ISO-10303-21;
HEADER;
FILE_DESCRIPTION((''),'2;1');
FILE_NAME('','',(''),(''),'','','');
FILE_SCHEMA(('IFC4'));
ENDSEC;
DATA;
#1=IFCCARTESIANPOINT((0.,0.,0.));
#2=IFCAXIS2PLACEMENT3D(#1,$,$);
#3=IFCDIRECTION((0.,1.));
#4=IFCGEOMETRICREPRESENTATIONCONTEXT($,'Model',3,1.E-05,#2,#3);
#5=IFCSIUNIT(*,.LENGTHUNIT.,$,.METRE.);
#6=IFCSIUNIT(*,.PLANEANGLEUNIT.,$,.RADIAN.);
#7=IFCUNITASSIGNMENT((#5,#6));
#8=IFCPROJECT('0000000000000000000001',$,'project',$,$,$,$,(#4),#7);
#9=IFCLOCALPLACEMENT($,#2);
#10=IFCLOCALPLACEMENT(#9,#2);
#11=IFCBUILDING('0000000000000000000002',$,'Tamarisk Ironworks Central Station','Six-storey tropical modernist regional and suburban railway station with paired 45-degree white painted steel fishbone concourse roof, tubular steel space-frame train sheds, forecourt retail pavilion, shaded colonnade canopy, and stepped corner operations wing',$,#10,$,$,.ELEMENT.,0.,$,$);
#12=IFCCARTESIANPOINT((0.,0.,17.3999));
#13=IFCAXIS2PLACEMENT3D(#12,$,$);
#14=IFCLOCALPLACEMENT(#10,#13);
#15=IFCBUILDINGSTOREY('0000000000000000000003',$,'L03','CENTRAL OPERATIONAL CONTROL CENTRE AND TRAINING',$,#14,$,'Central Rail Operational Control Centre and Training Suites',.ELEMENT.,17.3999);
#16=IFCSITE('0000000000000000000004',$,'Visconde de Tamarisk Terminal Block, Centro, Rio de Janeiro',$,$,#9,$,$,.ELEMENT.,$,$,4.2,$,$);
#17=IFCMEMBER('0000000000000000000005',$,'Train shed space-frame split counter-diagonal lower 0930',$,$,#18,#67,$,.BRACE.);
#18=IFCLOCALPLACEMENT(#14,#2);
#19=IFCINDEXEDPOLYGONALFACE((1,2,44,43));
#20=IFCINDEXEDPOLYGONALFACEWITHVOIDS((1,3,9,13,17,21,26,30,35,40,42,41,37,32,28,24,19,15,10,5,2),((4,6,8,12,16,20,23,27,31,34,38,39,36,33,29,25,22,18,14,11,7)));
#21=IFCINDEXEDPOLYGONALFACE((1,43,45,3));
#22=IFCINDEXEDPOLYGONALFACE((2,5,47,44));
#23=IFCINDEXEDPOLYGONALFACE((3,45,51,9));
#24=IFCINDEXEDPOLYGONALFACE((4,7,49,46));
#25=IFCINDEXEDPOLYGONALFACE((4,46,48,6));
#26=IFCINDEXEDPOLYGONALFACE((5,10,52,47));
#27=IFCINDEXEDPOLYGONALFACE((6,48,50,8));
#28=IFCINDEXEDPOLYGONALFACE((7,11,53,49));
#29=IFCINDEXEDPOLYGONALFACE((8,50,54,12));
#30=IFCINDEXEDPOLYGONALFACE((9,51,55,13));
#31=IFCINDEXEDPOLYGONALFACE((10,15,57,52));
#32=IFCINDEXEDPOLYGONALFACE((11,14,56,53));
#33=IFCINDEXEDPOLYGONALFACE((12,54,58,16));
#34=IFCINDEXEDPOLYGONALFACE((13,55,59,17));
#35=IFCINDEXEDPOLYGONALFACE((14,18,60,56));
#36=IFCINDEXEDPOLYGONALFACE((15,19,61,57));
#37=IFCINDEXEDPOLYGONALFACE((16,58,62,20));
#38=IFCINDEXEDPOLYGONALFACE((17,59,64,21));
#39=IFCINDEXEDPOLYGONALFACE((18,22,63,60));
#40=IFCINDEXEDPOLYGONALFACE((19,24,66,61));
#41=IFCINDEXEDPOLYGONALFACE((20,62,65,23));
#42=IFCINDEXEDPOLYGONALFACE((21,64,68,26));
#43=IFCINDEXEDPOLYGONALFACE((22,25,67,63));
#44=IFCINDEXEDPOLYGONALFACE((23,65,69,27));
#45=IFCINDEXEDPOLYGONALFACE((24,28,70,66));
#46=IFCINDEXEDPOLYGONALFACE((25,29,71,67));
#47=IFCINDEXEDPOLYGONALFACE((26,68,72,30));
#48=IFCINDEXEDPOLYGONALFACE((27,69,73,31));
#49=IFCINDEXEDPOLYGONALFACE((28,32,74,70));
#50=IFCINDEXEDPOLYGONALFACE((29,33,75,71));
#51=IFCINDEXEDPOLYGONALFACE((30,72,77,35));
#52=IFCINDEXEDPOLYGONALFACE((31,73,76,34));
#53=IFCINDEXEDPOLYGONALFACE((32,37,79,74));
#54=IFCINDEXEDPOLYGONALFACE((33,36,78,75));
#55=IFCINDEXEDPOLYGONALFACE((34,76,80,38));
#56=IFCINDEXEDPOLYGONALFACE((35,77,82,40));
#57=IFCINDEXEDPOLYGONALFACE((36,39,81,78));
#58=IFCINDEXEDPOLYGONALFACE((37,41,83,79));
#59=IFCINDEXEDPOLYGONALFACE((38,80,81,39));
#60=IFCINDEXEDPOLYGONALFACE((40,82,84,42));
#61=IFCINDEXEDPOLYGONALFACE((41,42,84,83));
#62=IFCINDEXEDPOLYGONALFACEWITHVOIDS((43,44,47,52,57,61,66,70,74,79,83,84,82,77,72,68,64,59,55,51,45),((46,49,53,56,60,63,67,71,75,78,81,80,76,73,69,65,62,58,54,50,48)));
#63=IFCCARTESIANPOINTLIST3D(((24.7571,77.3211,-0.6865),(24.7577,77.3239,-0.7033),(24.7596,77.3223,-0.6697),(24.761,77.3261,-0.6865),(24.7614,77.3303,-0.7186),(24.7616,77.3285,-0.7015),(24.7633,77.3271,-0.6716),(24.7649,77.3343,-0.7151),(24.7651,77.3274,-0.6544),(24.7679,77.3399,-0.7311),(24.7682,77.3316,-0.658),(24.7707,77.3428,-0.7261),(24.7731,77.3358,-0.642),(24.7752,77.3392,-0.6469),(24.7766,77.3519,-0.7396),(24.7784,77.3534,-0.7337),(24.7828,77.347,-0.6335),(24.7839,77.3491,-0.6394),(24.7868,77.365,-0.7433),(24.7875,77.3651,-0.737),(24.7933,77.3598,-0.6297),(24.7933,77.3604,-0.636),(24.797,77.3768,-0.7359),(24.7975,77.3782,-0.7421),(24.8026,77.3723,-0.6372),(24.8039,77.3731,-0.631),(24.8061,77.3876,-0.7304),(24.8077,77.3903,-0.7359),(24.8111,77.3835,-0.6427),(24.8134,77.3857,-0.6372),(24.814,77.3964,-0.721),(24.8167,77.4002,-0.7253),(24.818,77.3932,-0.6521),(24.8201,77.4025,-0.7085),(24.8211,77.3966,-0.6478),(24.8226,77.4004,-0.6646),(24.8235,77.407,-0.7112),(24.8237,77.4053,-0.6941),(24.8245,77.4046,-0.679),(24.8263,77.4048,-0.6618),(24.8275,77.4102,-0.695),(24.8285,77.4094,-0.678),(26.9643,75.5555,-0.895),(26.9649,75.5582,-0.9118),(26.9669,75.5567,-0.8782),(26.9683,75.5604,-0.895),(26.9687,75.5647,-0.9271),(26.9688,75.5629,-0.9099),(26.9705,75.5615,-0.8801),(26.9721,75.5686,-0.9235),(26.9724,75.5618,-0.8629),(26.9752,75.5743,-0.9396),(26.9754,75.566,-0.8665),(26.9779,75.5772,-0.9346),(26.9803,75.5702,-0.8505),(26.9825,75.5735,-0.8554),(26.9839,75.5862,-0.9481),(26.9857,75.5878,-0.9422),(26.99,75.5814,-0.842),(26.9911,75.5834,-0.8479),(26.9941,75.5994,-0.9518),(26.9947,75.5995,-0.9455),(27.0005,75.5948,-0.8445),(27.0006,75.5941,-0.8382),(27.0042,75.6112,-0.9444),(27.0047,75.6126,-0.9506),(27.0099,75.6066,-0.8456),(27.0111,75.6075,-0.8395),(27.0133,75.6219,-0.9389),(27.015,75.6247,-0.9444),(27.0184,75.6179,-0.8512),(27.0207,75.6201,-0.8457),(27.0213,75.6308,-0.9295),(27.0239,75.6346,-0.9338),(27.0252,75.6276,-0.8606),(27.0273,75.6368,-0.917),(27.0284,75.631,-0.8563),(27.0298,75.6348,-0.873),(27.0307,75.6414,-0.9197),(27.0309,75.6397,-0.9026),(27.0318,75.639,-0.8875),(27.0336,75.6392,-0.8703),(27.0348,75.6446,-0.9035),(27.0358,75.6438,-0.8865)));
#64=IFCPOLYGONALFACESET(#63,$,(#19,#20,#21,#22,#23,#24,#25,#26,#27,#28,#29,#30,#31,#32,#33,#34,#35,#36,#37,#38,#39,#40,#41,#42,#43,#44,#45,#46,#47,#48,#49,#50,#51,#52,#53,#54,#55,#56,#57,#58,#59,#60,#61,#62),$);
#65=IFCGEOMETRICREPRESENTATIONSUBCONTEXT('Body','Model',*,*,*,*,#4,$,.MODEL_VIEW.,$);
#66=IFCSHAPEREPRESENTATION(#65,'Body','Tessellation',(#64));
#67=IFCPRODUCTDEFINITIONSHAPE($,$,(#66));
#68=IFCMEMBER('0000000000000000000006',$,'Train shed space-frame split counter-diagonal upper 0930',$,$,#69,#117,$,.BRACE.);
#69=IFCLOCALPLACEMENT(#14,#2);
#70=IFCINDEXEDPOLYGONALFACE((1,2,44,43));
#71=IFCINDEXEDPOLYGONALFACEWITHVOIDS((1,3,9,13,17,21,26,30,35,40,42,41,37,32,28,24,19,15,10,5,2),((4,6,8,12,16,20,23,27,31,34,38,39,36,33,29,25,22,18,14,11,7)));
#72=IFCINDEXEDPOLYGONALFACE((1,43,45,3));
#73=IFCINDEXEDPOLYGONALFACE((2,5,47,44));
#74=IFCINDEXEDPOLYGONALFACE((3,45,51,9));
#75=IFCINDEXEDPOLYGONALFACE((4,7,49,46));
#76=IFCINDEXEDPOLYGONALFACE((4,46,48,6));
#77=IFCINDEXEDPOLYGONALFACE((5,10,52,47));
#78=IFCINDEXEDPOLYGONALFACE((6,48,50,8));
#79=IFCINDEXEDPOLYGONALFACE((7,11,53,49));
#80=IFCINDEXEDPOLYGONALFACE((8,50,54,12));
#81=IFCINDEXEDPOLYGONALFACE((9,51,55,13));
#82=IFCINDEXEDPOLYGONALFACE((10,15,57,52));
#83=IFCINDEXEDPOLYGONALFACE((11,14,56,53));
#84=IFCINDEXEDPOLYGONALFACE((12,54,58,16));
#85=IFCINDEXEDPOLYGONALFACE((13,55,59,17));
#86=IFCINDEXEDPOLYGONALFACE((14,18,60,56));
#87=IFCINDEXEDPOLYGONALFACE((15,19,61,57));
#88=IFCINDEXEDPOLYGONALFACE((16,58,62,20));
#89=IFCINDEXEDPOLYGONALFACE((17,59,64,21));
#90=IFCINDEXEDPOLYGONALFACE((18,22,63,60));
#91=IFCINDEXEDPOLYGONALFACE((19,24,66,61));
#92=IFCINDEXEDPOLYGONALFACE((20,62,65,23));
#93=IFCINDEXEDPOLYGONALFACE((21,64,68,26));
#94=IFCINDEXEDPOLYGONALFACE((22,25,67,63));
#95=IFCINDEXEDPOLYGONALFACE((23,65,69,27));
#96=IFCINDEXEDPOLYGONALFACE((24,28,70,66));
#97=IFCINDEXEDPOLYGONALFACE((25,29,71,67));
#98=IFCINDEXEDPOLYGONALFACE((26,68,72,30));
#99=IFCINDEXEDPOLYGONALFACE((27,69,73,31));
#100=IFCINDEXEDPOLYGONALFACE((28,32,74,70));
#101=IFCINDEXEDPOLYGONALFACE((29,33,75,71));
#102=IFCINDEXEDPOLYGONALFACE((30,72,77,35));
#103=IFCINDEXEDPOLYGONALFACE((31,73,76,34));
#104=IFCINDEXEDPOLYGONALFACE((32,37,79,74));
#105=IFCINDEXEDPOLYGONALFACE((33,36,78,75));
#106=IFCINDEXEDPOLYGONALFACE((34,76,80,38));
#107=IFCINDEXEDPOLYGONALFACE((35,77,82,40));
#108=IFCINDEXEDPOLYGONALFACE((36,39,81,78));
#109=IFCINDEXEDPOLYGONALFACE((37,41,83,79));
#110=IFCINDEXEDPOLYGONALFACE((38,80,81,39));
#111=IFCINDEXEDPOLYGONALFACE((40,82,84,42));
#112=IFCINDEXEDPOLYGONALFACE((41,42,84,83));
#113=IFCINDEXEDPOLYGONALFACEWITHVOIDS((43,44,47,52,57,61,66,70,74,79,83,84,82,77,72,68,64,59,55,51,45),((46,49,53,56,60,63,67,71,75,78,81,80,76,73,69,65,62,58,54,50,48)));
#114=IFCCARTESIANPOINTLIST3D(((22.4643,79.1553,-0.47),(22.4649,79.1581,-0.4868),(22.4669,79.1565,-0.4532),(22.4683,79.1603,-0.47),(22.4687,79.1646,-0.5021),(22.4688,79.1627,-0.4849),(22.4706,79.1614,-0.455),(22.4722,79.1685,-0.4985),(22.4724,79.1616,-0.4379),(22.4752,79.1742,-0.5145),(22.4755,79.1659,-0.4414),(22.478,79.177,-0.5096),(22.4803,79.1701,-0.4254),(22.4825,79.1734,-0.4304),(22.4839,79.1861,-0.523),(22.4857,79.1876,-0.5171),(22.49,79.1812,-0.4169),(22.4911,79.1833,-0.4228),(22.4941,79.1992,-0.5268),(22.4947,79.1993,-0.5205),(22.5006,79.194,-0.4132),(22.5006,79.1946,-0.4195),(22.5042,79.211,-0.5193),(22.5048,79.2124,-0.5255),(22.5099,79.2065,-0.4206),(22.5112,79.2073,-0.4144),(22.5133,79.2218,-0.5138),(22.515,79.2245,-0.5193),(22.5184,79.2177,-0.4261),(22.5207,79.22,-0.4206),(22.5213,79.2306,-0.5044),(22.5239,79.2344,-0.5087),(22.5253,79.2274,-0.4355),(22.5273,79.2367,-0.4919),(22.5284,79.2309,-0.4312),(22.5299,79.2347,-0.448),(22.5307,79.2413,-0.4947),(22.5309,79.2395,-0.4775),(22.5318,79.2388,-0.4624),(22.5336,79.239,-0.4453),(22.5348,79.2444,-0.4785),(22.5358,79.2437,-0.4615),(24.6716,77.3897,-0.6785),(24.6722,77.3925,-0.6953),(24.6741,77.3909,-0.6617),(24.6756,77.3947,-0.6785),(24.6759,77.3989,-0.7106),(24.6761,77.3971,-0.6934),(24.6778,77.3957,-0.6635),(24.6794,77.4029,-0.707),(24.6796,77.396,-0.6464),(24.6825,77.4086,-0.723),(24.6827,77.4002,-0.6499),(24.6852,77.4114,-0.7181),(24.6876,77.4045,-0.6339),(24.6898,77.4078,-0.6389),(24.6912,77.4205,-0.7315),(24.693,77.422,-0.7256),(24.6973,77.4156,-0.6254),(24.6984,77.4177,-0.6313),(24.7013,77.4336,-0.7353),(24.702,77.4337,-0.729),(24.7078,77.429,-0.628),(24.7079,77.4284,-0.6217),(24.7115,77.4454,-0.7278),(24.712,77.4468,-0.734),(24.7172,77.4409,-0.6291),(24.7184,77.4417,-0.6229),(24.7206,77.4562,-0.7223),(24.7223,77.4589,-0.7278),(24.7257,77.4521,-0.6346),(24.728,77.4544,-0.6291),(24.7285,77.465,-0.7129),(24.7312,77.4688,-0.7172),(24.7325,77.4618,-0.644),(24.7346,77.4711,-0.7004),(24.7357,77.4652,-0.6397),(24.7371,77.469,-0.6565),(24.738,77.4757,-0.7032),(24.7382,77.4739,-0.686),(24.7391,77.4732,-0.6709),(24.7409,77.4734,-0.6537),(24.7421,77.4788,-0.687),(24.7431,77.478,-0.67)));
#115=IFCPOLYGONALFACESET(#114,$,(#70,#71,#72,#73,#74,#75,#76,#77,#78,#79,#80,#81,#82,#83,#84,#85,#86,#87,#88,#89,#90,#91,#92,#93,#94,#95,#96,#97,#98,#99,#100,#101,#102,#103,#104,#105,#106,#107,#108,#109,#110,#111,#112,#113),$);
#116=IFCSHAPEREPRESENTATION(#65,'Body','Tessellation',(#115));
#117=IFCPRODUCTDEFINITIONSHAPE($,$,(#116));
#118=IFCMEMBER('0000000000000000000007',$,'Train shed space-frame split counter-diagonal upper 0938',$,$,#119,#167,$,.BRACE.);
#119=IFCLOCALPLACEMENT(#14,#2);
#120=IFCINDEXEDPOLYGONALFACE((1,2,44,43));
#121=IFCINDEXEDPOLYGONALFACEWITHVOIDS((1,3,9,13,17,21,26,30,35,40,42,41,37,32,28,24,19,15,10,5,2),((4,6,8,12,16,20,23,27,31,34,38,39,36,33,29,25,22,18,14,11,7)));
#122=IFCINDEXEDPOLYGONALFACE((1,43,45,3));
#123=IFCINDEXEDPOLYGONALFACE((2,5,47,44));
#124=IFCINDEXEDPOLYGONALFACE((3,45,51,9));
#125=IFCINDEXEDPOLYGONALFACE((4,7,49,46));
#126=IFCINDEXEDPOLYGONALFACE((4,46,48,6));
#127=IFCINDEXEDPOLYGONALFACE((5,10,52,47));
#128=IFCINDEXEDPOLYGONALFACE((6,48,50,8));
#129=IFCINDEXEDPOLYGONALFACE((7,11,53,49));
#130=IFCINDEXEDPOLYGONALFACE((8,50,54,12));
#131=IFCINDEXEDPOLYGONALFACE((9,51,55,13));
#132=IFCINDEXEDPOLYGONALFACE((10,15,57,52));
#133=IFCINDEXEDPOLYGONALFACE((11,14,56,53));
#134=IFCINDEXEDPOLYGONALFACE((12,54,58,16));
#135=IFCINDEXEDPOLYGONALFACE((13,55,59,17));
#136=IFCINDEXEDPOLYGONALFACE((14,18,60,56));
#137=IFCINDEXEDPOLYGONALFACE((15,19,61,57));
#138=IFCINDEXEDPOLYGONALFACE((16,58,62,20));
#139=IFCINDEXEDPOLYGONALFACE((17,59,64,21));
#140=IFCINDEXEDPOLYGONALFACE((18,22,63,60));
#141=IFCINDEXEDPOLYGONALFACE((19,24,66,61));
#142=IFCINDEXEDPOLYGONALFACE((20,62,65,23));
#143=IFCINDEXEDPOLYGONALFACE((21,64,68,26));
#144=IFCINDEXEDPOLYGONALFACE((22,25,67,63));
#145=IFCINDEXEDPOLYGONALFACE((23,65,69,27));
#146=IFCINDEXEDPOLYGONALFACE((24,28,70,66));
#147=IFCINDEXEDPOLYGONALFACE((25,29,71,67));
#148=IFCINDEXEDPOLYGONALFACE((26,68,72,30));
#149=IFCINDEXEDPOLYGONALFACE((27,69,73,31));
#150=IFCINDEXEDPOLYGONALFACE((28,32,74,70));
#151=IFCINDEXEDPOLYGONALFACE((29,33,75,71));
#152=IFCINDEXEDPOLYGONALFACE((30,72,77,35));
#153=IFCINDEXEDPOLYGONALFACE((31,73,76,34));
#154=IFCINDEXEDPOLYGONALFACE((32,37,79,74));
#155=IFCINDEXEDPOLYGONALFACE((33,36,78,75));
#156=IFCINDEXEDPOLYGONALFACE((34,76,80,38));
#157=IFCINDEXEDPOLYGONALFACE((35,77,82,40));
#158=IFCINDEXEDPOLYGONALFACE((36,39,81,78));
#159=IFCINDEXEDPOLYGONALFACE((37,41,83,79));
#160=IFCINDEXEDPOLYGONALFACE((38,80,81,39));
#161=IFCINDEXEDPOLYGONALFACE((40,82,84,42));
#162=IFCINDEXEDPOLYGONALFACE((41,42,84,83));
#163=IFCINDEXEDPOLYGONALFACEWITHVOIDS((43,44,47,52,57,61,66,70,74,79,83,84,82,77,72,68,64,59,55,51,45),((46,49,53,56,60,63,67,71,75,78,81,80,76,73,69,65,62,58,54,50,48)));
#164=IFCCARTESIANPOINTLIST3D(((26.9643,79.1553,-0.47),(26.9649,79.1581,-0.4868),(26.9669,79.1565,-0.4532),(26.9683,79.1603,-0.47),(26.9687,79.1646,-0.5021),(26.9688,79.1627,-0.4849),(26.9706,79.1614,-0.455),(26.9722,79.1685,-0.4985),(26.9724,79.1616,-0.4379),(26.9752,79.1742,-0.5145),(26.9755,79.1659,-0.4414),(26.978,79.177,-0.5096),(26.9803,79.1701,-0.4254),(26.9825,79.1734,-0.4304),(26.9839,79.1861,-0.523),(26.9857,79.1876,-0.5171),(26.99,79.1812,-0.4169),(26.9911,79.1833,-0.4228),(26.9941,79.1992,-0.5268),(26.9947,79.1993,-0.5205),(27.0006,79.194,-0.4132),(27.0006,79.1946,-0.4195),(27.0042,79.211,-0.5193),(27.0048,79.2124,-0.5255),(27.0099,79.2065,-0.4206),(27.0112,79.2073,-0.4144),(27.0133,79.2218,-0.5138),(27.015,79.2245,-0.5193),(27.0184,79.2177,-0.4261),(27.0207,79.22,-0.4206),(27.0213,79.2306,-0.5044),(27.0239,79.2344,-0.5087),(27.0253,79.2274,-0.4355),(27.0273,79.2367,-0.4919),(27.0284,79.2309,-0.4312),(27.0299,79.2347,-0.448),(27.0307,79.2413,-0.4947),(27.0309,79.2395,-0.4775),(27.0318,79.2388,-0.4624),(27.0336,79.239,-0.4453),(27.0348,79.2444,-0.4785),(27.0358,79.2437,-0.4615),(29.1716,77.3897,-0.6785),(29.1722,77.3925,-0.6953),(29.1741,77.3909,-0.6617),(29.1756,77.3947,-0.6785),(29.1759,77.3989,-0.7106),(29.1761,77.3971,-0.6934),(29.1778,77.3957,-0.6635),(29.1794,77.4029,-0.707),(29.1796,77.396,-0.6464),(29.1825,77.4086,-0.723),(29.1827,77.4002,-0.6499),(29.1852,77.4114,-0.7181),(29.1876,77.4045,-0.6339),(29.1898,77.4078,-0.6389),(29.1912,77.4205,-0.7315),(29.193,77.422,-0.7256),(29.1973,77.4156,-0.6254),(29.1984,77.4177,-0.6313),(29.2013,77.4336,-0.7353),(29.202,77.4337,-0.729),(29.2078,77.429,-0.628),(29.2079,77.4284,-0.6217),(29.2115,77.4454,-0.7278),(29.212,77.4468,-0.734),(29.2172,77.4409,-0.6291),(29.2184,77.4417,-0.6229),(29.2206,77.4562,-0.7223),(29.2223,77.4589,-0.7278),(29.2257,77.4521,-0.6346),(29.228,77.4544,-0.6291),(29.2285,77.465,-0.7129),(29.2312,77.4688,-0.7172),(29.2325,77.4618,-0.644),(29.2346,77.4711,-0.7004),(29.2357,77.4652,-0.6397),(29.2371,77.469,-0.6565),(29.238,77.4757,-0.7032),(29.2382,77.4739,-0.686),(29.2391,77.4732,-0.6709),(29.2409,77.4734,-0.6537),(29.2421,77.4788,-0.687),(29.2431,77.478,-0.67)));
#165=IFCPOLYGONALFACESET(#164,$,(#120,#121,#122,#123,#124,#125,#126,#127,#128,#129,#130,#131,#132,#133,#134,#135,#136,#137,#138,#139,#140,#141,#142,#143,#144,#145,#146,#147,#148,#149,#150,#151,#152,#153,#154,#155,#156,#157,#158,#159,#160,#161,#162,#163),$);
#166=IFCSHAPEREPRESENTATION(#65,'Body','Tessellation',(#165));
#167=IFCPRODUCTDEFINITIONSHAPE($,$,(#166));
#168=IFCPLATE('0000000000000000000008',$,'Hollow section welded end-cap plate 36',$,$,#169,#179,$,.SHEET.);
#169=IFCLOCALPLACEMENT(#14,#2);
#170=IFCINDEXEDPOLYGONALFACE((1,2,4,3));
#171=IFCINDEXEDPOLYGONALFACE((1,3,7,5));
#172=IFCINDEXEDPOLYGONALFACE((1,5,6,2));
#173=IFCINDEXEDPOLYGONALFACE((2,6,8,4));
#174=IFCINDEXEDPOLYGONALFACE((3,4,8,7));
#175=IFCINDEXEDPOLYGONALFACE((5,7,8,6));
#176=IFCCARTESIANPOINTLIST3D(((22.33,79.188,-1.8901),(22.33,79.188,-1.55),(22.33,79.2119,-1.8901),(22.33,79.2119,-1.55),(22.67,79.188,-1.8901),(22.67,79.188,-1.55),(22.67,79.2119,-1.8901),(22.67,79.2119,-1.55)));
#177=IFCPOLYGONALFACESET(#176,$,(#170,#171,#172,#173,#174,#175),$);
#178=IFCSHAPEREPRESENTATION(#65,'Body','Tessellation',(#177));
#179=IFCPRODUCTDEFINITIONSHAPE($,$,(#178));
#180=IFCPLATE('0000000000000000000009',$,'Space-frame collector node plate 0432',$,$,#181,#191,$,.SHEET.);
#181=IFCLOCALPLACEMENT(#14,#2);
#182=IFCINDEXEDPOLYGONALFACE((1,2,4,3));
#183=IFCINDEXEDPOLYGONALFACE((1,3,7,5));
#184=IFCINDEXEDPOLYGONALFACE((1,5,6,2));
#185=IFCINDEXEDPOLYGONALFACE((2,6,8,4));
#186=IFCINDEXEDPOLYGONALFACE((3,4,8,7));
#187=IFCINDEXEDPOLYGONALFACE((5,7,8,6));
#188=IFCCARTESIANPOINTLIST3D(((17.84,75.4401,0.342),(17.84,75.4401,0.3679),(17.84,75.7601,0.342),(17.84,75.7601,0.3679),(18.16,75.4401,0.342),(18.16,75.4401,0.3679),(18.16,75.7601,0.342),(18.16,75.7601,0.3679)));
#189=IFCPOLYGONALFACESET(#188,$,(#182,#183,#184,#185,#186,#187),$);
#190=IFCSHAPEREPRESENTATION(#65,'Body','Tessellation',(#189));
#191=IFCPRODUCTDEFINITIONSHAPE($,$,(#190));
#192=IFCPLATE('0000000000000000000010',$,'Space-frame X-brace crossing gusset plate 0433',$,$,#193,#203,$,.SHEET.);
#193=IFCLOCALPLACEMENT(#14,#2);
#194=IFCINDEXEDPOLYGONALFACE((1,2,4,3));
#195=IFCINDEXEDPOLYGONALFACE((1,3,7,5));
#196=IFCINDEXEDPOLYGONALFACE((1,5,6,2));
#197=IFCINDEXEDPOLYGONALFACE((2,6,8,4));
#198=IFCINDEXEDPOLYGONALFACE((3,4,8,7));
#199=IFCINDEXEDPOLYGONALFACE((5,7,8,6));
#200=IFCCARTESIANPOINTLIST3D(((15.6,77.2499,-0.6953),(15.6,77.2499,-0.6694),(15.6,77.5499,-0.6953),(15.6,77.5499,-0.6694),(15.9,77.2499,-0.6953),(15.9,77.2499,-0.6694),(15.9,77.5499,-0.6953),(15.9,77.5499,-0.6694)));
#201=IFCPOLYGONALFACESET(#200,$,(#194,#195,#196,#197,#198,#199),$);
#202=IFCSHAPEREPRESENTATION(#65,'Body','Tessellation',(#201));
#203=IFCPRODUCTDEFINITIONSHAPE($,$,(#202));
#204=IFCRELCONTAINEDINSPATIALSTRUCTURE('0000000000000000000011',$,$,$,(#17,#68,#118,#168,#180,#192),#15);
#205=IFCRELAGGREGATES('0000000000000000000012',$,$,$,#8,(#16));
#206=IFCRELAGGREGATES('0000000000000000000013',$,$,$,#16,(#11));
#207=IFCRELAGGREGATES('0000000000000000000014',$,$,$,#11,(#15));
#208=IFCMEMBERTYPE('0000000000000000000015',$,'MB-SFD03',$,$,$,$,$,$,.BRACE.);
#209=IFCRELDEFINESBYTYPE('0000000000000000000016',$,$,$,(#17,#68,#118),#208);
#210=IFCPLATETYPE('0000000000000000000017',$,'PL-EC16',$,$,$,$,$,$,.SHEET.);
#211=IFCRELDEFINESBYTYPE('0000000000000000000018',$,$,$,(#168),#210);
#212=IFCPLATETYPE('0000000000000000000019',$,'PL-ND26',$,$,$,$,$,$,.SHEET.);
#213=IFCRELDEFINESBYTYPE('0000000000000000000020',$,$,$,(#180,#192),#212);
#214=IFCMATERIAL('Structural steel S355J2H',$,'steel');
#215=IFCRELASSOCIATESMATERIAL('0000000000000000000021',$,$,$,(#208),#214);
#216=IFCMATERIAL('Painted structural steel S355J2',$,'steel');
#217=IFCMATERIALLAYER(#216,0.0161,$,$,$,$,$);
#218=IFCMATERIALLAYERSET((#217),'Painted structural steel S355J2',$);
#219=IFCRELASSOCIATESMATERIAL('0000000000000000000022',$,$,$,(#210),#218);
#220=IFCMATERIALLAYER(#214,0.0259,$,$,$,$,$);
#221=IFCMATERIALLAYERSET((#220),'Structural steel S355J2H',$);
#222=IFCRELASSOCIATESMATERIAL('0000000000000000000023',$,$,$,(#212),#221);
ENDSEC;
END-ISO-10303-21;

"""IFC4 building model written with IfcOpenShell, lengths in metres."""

from ifc_helpers import new_model, si_unit, direction, frame, origin, origin_2d, place, context, subcontext, project, spatial, rectangle, hollow_circle, extrude, material, layer, layer_set, material_profile, profile_set, type_object, element, save


model = new_model("IFC4")

# Units and contexts
model_context = context("Model", 3, precision=1e-05, world=origin(), true_north=direction((0.0, 1.0)))
body_context = subcontext(model_context, "Body", "Model", "MODEL_VIEW")
ifc_project = project(units=[si_unit("LENGTHUNIT", "METRE"), si_unit("PLANEANGLEUNIT", "RADIAN")], contexts=[model_context])

# Site, building, storey
site_placement = place(None, origin())
site = spatial("IfcSite", under=ifc_project, at=site_placement, Name="Visconde de Tamarisk Terminal Block, Centro, Rio de Janeiro", CompositionType="ELEMENT", RefElevation=4.2)
building_placement = place(site_placement, origin())
building = spatial("IfcBuilding", under=site, at=building_placement, Name="Tamarisk Ironworks Central Station", Description="Six-storey tropical modernist regional and suburban railway station with paired 45-degree white painted steel fishbone concourse roof, tubular steel space-frame train sheds, forecourt retail pavilion, shaded colonnade canopy, and stepped corner operations wing", CompositionType="ELEMENT", ElevationOfRefHeight=0.0)
storey_placement = place(building_placement, frame((0.0, 0.0, 17.3999)))
storey = spatial("IfcBuildingStorey", under=building, at=storey_placement, Name="L03", Description="CENTRAL OPERATIONAL CONTROL CENTRE AND TRAINING", LongName="Central Rail Operational Control Centre and Training Suites", CompositionType="ELEMENT", Elevation=17.3999)

# Members
ifc_material_1 = material(Name="Structural steel S355J2H", Category="steel")
ifc_material_profile_1 = material_profile(ifc_material_1, hollow_circle(Radius=0.0571, WallThickness=0.0063, at=origin_2d()), Name="CHS 114.3x6.3")
ifc_profile_set_1 = profile_set([ifc_material_profile_1], Name="Structural steel S355J2H")
member_type_1 = type_object("IfcMemberType", Name="MB-SFD03", PredefinedType="BRACE", material=ifc_profile_set_1)
for number, where, z_axis, x_axis, name in (
    (1, (27.0, 75.6001, -0.895), (-0.778787, 0.62296, 0.073563), (-0.624653, -0.780903, 0.0), "Train shed space-frame split counter-diagonal lower 0930"),
    (2, (24.7073, 77.4343, -0.6785), (-0.778787, 0.62296, 0.073563), (-0.624653, -0.780903, 0.0), "Train shed space-frame split counter-diagonal upper 0930"),
    (3, (29.2073, 77.4343, -0.6785), (-0.778787, 0.62296, 0.073563), (-0.624653, -0.780903, 0.0), "Train shed space-frame split counter-diagonal upper 0938"),
):
    element("IfcMember", number, at=place(storey_placement, frame(where, z_axis=z_axis, x_axis=x_axis)), inside=storey, type_object=member_type_1, Name=name, PredefinedType="BRACE", context=body_context, shape_type="SweptSolid", body=[
        extrude(hollow_circle(Radius=0.0571, WallThickness=0.0063, at=origin_2d()), origin(), (0.0, 0.0, 1.0), 2.8342),
    ])

# Plates
ifc_material_2 = material(Name="Painted structural steel S355J2", Category="steel")
ifc_layer_1 = layer(ifc_material_2, 0.0161)
ifc_layer_set_1 = layer_set([ifc_layer_1], Name="Painted structural steel S355J2")
plate_type_1 = type_object("IfcPlateType", Name="PL-EC16", PredefinedType="SHEET", material=ifc_layer_set_1)
plate_1_placement = place(storey_placement, frame((22.5, 79.2, -1.8901), z_axis=(0.0, 0.0, 1.0), x_axis=(1.0, 0.0, 0.0)))
element("IfcPlate", 4, at=plate_1_placement, inside=storey, type_object=plate_type_1, Name="Hollow section welded end-cap plate 36", PredefinedType="SHEET", context=body_context, shape_type="SweptSolid", body=[
    extrude(rectangle(XDim=0.3401, YDim=0.0239, at=origin_2d()), origin(), (0.0, 0.0, 1.0), 0.3401),
])
ifc_layer_2 = layer(ifc_material_1, 0.0259)
ifc_layer_set_2 = layer_set([ifc_layer_2], Name="Structural steel S355J2H")
plate_type_2 = type_object("IfcPlateType", Name="PL-ND26", PredefinedType="SHEET", material=ifc_layer_set_2)
plate_2_placement = place(storey_placement, frame((18.0, 75.6001, 0.342), z_axis=(0.0, 0.0, 1.0), x_axis=(1.0, 0.0, 0.0)))
element("IfcPlate", 5, at=plate_2_placement, inside=storey, type_object=plate_type_2, Name="Space-frame collector node plate 0432", PredefinedType="SHEET", context=body_context, shape_type="SweptSolid", body=[
    extrude(rectangle(XDim=0.3201, YDim=0.3201, at=origin_2d()), origin(), (0.0, 0.0, 1.0), 0.0259),
])
plate_3_placement = place(storey_placement, frame((15.75, 77.3999, -0.6953), z_axis=(0.0, 0.0, 1.0), x_axis=(1.0, 0.0, 0.0)))
element("IfcPlate", 6, at=plate_3_placement, inside=storey, type_object=plate_type_2, Name="Space-frame X-brace crossing gusset plate 0433", PredefinedType="SHEET", context=body_context, shape_type="SweptSolid", body=[
    extrude(rectangle(XDim=0.3, YDim=0.3, at=origin_2d()), origin(), (0.0, 0.0, 1.0), 0.0259),
])

save(model, "model.ifc")
